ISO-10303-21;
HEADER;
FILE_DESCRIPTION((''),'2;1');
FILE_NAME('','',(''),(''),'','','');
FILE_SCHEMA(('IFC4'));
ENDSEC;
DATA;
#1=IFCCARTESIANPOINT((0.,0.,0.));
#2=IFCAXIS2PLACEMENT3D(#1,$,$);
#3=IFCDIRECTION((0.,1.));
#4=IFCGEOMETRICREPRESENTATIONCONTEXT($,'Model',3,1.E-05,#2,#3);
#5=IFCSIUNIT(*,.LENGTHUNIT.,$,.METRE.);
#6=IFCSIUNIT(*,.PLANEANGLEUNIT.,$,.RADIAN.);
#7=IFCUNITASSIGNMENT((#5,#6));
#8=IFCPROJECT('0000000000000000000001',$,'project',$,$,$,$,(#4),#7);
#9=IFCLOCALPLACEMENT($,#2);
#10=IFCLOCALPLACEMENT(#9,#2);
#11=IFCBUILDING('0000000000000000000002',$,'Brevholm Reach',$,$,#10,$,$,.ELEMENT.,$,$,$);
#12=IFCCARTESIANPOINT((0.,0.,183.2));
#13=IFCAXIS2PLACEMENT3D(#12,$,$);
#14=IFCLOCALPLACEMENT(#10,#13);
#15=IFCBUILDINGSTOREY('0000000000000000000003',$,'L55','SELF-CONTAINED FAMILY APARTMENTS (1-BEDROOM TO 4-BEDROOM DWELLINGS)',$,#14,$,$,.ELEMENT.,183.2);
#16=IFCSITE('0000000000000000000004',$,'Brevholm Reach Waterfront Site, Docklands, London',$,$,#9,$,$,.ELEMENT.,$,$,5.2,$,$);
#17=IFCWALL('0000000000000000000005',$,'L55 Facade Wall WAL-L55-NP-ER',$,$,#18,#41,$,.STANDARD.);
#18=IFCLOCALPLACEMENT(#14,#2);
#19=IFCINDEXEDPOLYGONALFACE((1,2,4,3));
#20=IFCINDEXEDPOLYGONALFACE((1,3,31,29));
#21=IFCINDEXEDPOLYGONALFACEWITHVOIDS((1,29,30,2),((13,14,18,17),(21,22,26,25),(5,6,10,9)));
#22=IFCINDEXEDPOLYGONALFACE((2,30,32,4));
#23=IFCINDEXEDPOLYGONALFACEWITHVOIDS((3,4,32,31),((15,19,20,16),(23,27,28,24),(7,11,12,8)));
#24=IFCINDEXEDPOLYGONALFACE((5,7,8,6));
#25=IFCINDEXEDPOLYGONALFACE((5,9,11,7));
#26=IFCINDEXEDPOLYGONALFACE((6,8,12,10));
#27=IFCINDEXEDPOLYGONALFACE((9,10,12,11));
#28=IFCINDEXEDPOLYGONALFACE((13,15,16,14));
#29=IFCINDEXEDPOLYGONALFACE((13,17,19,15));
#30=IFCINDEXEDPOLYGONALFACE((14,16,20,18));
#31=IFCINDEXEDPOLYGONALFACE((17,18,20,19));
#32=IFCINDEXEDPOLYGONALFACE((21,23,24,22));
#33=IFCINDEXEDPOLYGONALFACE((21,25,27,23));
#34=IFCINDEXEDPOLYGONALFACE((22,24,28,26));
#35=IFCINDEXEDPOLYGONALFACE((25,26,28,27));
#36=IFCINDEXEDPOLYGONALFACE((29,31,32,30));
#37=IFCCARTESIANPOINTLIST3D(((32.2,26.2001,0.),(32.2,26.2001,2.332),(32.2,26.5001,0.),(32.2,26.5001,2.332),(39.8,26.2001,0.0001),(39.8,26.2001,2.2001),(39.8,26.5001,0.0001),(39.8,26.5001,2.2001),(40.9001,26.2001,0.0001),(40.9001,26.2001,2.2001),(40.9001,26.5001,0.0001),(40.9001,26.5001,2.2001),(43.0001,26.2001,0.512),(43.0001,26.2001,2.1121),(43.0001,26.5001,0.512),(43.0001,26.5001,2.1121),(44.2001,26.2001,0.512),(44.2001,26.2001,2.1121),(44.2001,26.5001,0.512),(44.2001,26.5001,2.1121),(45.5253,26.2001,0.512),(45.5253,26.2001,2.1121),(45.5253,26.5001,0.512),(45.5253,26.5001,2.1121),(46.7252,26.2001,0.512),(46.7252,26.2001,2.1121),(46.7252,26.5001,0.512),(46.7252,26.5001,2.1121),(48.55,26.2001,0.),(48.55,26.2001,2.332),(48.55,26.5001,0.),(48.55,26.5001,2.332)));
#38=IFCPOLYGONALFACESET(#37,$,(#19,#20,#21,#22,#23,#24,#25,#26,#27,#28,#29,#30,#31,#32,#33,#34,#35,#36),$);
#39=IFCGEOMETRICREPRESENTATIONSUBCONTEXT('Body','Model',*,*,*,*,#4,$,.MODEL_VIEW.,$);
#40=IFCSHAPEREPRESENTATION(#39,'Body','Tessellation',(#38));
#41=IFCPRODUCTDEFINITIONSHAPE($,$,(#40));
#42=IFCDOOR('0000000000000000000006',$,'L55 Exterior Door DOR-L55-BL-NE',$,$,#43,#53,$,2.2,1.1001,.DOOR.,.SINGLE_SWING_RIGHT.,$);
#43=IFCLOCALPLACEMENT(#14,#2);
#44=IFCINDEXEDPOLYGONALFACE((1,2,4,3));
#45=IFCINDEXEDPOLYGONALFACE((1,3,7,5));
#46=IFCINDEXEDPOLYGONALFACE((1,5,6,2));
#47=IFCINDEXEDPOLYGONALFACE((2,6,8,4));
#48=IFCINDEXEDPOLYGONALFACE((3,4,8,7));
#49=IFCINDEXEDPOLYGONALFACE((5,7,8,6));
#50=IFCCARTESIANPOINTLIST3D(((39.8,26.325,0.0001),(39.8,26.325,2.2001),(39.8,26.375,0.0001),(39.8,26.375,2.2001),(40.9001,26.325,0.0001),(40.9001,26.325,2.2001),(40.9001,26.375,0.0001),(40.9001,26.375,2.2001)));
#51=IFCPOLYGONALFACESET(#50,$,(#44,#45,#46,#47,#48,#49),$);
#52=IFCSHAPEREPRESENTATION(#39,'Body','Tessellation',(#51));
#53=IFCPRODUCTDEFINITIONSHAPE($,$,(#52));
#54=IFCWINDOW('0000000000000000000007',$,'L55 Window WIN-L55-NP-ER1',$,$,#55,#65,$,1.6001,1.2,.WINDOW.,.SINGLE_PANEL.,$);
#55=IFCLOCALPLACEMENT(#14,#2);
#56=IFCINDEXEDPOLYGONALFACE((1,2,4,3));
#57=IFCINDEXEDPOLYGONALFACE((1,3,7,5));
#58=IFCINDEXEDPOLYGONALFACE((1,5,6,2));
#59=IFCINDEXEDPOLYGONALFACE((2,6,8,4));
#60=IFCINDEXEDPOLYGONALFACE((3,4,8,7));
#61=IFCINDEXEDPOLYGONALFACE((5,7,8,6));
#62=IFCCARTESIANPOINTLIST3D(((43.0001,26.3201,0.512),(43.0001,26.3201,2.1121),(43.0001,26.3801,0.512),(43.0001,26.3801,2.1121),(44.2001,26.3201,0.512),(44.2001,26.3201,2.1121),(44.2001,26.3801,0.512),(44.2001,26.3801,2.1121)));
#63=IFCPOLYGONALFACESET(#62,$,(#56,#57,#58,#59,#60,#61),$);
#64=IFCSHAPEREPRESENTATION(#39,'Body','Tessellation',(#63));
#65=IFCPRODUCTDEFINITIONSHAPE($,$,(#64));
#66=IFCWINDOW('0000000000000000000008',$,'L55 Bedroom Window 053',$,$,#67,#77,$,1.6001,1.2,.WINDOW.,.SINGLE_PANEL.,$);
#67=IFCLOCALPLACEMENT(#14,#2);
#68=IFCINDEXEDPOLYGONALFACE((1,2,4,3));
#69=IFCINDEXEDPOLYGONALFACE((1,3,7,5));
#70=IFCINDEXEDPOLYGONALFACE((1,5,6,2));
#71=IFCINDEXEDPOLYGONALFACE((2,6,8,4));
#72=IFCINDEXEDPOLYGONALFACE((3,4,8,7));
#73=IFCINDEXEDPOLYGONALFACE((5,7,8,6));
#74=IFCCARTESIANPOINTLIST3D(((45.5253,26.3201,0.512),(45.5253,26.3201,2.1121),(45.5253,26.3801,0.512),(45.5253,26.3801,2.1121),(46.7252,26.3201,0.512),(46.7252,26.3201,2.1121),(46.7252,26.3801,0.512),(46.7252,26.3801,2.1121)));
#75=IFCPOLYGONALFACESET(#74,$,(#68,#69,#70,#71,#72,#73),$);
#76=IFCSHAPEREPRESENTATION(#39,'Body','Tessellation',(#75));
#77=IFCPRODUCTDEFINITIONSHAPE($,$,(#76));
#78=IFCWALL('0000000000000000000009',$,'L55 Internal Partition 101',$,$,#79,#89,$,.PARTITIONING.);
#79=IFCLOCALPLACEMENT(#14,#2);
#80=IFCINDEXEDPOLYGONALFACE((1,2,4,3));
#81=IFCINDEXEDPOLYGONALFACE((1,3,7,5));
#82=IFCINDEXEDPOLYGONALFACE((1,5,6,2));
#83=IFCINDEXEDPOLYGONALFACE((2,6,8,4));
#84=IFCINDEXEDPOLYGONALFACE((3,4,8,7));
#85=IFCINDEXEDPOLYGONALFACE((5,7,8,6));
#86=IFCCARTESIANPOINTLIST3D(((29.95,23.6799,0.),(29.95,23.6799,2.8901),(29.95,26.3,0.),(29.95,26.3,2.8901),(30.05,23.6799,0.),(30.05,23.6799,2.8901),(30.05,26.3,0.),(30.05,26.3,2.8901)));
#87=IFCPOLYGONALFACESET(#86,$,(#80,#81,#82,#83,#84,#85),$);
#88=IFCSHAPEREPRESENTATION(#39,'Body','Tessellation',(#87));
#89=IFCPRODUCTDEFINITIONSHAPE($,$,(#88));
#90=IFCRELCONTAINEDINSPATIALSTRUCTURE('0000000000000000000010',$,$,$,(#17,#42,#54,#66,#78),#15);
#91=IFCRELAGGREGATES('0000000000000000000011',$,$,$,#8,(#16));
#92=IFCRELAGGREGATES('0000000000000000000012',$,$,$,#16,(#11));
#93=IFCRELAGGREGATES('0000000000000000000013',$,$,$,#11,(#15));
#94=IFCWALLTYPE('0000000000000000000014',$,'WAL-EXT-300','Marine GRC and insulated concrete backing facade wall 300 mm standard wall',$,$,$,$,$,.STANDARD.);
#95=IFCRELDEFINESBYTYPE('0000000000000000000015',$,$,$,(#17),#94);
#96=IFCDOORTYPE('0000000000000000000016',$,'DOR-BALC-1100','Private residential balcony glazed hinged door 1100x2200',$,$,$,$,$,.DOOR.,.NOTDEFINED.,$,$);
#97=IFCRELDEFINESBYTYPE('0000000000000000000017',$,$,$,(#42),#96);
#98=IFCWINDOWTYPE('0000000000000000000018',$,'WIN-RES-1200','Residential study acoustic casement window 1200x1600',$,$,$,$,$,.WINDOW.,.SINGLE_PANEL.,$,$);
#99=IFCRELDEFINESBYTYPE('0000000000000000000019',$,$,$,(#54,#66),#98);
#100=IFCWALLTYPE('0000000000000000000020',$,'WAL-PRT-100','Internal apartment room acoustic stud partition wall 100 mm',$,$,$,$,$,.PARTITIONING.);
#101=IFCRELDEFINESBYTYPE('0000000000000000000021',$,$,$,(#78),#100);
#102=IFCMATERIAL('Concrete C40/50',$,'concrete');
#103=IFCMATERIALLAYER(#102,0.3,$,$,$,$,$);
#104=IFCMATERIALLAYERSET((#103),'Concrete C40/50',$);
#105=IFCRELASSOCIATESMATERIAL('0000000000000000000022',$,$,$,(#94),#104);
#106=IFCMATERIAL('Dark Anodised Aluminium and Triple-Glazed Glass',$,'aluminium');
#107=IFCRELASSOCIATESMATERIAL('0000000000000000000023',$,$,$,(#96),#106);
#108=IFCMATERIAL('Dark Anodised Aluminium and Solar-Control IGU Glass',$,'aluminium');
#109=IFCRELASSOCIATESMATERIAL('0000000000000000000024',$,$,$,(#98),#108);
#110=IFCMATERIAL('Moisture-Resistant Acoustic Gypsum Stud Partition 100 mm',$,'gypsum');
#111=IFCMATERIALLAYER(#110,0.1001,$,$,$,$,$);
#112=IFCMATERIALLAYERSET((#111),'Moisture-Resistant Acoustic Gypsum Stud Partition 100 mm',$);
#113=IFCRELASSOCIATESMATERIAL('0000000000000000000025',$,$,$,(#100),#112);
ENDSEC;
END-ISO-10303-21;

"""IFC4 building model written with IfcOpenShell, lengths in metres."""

from ifc_helpers import new_model, si_unit, direction, frame, frame_2d, origin, place, context, subcontext, project, spatial, rectangle, extrude, material, layer, layer_set, type_object, element, fill, save


model = new_model("IFC4")

# Units and contexts
model_context = context("Model", 3, precision=1e-05, world=origin(), true_north=direction((0.0, 1.0)))
body_context = subcontext(model_context, "Body", "Model", "MODEL_VIEW")
ifc_project = project(units=[si_unit("LENGTHUNIT", "METRE"), si_unit("PLANEANGLEUNIT", "RADIAN")], contexts=[model_context])

# Site, building, storey
site_placement = place(None, origin())
site = spatial("IfcSite", under=ifc_project, at=site_placement, Name="Brevholm Reach Waterfront Site, Docklands, London", CompositionType="ELEMENT", RefElevation=5.2)
building_placement = place(site_placement, origin())
building = spatial("IfcBuilding", under=site, at=building_placement, Name="Brevholm Reach", CompositionType="ELEMENT")
storey_placement = place(building_placement, frame((0.0, 0.0, 183.2)))
storey = spatial("IfcBuildingStorey", under=building, at=storey_placement, Name="L55", Description="SELF-CONTAINED FAMILY APARTMENTS (1-BEDROOM TO 4-BEDROOM DWELLINGS)", CompositionType="ELEMENT", Elevation=183.2)

# Wall, openings, door, windows
ifc_material_1 = material(Name="Concrete C40/50", Category="concrete")
ifc_layer_1 = layer(ifc_material_1, 0.3)
ifc_layer_set_1 = layer_set([ifc_layer_1], Name="Concrete C40/50")
wall_type_1 = type_object("IfcWallType", Name="WAL-EXT-300", Description="Marine GRC and insulated concrete backing facade wall 300 mm standard wall", PredefinedType="STANDARD", material=ifc_layer_set_1)
wall_1_placement = place(storey_placement, frame((32.2, 26.3501, 0.0), z_axis=(0.0, 0.0, 1.0), x_axis=(1.0, 0.0, 0.0)))
wall_1 = element("IfcWall", 1, at=wall_1_placement, inside=storey, type_object=wall_type_1, Name="L55 Facade Wall WAL-L55-NP-ER", PredefinedType="STANDARD", context=body_context, shape_type="SweptSolid", body=[
    extrude(rectangle(XDim=16.3501, YDim=0.3, at=frame_2d((8.175, 0.0))), origin(), (0.0, 0.0, 1.0), 2.332),
])
opening_1_placement = place(wall_1_placement, frame((7.6001, 0.0, 0.0)))
opening_1 = element("IfcOpeningElement", 2, at=opening_1_placement, cuts=wall_1, PredefinedType="OPENING", context=body_context, shape_type="SweptSolid", body=[
    extrude(rectangle(XDim=1.1001, YDim=2.2, at=frame_2d((0.55, 1.1001))), frame((0.0, 0.1599, 0.0), z_axis=(0.0, -1.0, 0.0), x_axis=(1.0, 0.0, 0.0)), (0.0, 0.0, 1.0), 0.3201),
])
opening_2_placement = place(wall_1_placement, frame((10.8, 0.0, 0.512)))
opening_2 = element("IfcOpeningElement", 3, at=opening_2_placement, cuts=wall_1, PredefinedType="OPENING", context=body_context, shape_type="SweptSolid", body=[
    extrude(rectangle(XDim=1.2, YDim=1.6001, at=frame_2d((0.6001, 0.8))), frame((0.0, 0.1599, 0.0), z_axis=(0.0, -1.0, 0.0), x_axis=(1.0, 0.0, 0.0)), (0.0, 0.0, 1.0), 0.3201),
])
opening_3_placement = place(wall_1_placement, frame((13.3252, 0.0, 0.512)))
opening_3 = element("IfcOpeningElement", 4, at=opening_3_placement, cuts=wall_1, PredefinedType="OPENING", context=body_context, shape_type="SweptSolid", body=[
    extrude(rectangle(XDim=1.2, YDim=1.6001, at=frame_2d((0.6001, 0.8))), frame((0.0, 0.1599, 0.0), z_axis=(0.0, -1.0, 0.0), x_axis=(1.0, 0.0, 0.0)), (0.0, 0.0, 1.0), 0.3201),
])
ifc_material_2 = material(Name="Dark Anodised Aluminium and Triple-Glazed Glass", Category="aluminium")
door_type = type_object("IfcDoorType", Name="DOR-BALC-1100", Description="Private residential balcony glazed hinged door 1100x2200", OperationType="NOTDEFINED", PredefinedType="DOOR", material=ifc_material_2)
door_placement = place(opening_1_placement, origin())
door = element("IfcDoor", 5, at=door_placement, inside=storey, type_object=door_type, Name="L55 Exterior Door DOR-L55-BL-NE", OperationType="SINGLE_SWING_RIGHT", OverallHeight=2.2, OverallWidth=1.1001, PredefinedType="DOOR", context=body_context, shape_type="SweptSolid", body=[
    extrude(rectangle(XDim=1.1001, YDim=2.2, at=frame_2d((0.55, 1.1001))), frame((0.0, 0.0249, 0.0), z_axis=(0.0, -1.0, 0.0), x_axis=(1.0, 0.0, 0.0)), (0.0, 0.0, 1.0), 0.05),
])
fill(opening_1, door)
ifc_material_3 = material(Name="Dark Anodised Aluminium and Solar-Control IGU Glass", Category="aluminium")
window_type = type_object("IfcWindowType", Name="WIN-RES-1200", Description="Residential study acoustic casement window 1200x1600", PartitioningType="SINGLE_PANEL", PredefinedType="WINDOW", material=ifc_material_3)
window_1_placement = place(opening_2_placement, origin())
window_1 = element("IfcWindow", 6, at=window_1_placement, inside=storey, type_object=window_type, Name="L55 Window WIN-L55-NP-ER1", OverallHeight=1.6001, OverallWidth=1.2, PartitioningType="SINGLE_PANEL", PredefinedType="WINDOW", context=body_context, shape_type="SweptSolid", body=[
    extrude(rectangle(XDim=1.2, YDim=1.6001, at=frame_2d((0.6001, 0.8))), frame((0.0, 0.03, 0.0), z_axis=(0.0, -1.0, 0.0), x_axis=(1.0, 0.0, 0.0)), (0.0, 0.0, 1.0), 0.0601),
])
fill(opening_2, window_1)
window_2_placement = place(opening_3_placement, origin())
window_2 = element("IfcWindow", 7, at=window_2_placement, inside=storey, type_object=window_type, Name="L55 Bedroom Window 053", OverallHeight=1.6001, OverallWidth=1.2, PartitioningType="SINGLE_PANEL", PredefinedType="WINDOW", context=body_context, shape_type="SweptSolid", body=[
    extrude(rectangle(XDim=1.2, YDim=1.6001, at=frame_2d((0.6001, 0.8))), frame((0.0, 0.03, 0.0), z_axis=(0.0, -1.0, 0.0), x_axis=(1.0, 0.0, 0.0)), (0.0, 0.0, 1.0), 0.0601),
])
fill(opening_3, window_2)

# Wall
ifc_material_4 = material(Name="Moisture-Resistant Acoustic Gypsum Stud Partition 100 mm", Category="gypsum")
ifc_layer_2 = layer(ifc_material_4, 0.1001)
ifc_layer_set_2 = layer_set([ifc_layer_2], Name="Moisture-Resistant Acoustic Gypsum Stud Partition 100 mm")
wall_type_2 = type_object("IfcWallType", Name="WAL-PRT-100", Description="Internal apartment room acoustic stud partition wall 100 mm", PredefinedType="PARTITIONING", material=ifc_layer_set_2)
wall_2_placement = place(storey_placement, frame((30.0, 23.6799, 0.0), z_axis=(0.0, 0.0, 1.0), x_axis=(0.0, 1.0, 0.0)))
element("IfcWall", 8, at=wall_2_placement, inside=storey, type_object=wall_type_2, Name="L55 Internal Partition 101", PredefinedType="PARTITIONING", context=body_context, shape_type="SweptSolid", body=[
    extrude(rectangle(XDim=2.6201, YDim=0.1001, at=frame_2d((1.3101, 0.0))), origin(), (0.0, 0.0, 1.0), 2.8901),
])

save(model, "model.ifc")
